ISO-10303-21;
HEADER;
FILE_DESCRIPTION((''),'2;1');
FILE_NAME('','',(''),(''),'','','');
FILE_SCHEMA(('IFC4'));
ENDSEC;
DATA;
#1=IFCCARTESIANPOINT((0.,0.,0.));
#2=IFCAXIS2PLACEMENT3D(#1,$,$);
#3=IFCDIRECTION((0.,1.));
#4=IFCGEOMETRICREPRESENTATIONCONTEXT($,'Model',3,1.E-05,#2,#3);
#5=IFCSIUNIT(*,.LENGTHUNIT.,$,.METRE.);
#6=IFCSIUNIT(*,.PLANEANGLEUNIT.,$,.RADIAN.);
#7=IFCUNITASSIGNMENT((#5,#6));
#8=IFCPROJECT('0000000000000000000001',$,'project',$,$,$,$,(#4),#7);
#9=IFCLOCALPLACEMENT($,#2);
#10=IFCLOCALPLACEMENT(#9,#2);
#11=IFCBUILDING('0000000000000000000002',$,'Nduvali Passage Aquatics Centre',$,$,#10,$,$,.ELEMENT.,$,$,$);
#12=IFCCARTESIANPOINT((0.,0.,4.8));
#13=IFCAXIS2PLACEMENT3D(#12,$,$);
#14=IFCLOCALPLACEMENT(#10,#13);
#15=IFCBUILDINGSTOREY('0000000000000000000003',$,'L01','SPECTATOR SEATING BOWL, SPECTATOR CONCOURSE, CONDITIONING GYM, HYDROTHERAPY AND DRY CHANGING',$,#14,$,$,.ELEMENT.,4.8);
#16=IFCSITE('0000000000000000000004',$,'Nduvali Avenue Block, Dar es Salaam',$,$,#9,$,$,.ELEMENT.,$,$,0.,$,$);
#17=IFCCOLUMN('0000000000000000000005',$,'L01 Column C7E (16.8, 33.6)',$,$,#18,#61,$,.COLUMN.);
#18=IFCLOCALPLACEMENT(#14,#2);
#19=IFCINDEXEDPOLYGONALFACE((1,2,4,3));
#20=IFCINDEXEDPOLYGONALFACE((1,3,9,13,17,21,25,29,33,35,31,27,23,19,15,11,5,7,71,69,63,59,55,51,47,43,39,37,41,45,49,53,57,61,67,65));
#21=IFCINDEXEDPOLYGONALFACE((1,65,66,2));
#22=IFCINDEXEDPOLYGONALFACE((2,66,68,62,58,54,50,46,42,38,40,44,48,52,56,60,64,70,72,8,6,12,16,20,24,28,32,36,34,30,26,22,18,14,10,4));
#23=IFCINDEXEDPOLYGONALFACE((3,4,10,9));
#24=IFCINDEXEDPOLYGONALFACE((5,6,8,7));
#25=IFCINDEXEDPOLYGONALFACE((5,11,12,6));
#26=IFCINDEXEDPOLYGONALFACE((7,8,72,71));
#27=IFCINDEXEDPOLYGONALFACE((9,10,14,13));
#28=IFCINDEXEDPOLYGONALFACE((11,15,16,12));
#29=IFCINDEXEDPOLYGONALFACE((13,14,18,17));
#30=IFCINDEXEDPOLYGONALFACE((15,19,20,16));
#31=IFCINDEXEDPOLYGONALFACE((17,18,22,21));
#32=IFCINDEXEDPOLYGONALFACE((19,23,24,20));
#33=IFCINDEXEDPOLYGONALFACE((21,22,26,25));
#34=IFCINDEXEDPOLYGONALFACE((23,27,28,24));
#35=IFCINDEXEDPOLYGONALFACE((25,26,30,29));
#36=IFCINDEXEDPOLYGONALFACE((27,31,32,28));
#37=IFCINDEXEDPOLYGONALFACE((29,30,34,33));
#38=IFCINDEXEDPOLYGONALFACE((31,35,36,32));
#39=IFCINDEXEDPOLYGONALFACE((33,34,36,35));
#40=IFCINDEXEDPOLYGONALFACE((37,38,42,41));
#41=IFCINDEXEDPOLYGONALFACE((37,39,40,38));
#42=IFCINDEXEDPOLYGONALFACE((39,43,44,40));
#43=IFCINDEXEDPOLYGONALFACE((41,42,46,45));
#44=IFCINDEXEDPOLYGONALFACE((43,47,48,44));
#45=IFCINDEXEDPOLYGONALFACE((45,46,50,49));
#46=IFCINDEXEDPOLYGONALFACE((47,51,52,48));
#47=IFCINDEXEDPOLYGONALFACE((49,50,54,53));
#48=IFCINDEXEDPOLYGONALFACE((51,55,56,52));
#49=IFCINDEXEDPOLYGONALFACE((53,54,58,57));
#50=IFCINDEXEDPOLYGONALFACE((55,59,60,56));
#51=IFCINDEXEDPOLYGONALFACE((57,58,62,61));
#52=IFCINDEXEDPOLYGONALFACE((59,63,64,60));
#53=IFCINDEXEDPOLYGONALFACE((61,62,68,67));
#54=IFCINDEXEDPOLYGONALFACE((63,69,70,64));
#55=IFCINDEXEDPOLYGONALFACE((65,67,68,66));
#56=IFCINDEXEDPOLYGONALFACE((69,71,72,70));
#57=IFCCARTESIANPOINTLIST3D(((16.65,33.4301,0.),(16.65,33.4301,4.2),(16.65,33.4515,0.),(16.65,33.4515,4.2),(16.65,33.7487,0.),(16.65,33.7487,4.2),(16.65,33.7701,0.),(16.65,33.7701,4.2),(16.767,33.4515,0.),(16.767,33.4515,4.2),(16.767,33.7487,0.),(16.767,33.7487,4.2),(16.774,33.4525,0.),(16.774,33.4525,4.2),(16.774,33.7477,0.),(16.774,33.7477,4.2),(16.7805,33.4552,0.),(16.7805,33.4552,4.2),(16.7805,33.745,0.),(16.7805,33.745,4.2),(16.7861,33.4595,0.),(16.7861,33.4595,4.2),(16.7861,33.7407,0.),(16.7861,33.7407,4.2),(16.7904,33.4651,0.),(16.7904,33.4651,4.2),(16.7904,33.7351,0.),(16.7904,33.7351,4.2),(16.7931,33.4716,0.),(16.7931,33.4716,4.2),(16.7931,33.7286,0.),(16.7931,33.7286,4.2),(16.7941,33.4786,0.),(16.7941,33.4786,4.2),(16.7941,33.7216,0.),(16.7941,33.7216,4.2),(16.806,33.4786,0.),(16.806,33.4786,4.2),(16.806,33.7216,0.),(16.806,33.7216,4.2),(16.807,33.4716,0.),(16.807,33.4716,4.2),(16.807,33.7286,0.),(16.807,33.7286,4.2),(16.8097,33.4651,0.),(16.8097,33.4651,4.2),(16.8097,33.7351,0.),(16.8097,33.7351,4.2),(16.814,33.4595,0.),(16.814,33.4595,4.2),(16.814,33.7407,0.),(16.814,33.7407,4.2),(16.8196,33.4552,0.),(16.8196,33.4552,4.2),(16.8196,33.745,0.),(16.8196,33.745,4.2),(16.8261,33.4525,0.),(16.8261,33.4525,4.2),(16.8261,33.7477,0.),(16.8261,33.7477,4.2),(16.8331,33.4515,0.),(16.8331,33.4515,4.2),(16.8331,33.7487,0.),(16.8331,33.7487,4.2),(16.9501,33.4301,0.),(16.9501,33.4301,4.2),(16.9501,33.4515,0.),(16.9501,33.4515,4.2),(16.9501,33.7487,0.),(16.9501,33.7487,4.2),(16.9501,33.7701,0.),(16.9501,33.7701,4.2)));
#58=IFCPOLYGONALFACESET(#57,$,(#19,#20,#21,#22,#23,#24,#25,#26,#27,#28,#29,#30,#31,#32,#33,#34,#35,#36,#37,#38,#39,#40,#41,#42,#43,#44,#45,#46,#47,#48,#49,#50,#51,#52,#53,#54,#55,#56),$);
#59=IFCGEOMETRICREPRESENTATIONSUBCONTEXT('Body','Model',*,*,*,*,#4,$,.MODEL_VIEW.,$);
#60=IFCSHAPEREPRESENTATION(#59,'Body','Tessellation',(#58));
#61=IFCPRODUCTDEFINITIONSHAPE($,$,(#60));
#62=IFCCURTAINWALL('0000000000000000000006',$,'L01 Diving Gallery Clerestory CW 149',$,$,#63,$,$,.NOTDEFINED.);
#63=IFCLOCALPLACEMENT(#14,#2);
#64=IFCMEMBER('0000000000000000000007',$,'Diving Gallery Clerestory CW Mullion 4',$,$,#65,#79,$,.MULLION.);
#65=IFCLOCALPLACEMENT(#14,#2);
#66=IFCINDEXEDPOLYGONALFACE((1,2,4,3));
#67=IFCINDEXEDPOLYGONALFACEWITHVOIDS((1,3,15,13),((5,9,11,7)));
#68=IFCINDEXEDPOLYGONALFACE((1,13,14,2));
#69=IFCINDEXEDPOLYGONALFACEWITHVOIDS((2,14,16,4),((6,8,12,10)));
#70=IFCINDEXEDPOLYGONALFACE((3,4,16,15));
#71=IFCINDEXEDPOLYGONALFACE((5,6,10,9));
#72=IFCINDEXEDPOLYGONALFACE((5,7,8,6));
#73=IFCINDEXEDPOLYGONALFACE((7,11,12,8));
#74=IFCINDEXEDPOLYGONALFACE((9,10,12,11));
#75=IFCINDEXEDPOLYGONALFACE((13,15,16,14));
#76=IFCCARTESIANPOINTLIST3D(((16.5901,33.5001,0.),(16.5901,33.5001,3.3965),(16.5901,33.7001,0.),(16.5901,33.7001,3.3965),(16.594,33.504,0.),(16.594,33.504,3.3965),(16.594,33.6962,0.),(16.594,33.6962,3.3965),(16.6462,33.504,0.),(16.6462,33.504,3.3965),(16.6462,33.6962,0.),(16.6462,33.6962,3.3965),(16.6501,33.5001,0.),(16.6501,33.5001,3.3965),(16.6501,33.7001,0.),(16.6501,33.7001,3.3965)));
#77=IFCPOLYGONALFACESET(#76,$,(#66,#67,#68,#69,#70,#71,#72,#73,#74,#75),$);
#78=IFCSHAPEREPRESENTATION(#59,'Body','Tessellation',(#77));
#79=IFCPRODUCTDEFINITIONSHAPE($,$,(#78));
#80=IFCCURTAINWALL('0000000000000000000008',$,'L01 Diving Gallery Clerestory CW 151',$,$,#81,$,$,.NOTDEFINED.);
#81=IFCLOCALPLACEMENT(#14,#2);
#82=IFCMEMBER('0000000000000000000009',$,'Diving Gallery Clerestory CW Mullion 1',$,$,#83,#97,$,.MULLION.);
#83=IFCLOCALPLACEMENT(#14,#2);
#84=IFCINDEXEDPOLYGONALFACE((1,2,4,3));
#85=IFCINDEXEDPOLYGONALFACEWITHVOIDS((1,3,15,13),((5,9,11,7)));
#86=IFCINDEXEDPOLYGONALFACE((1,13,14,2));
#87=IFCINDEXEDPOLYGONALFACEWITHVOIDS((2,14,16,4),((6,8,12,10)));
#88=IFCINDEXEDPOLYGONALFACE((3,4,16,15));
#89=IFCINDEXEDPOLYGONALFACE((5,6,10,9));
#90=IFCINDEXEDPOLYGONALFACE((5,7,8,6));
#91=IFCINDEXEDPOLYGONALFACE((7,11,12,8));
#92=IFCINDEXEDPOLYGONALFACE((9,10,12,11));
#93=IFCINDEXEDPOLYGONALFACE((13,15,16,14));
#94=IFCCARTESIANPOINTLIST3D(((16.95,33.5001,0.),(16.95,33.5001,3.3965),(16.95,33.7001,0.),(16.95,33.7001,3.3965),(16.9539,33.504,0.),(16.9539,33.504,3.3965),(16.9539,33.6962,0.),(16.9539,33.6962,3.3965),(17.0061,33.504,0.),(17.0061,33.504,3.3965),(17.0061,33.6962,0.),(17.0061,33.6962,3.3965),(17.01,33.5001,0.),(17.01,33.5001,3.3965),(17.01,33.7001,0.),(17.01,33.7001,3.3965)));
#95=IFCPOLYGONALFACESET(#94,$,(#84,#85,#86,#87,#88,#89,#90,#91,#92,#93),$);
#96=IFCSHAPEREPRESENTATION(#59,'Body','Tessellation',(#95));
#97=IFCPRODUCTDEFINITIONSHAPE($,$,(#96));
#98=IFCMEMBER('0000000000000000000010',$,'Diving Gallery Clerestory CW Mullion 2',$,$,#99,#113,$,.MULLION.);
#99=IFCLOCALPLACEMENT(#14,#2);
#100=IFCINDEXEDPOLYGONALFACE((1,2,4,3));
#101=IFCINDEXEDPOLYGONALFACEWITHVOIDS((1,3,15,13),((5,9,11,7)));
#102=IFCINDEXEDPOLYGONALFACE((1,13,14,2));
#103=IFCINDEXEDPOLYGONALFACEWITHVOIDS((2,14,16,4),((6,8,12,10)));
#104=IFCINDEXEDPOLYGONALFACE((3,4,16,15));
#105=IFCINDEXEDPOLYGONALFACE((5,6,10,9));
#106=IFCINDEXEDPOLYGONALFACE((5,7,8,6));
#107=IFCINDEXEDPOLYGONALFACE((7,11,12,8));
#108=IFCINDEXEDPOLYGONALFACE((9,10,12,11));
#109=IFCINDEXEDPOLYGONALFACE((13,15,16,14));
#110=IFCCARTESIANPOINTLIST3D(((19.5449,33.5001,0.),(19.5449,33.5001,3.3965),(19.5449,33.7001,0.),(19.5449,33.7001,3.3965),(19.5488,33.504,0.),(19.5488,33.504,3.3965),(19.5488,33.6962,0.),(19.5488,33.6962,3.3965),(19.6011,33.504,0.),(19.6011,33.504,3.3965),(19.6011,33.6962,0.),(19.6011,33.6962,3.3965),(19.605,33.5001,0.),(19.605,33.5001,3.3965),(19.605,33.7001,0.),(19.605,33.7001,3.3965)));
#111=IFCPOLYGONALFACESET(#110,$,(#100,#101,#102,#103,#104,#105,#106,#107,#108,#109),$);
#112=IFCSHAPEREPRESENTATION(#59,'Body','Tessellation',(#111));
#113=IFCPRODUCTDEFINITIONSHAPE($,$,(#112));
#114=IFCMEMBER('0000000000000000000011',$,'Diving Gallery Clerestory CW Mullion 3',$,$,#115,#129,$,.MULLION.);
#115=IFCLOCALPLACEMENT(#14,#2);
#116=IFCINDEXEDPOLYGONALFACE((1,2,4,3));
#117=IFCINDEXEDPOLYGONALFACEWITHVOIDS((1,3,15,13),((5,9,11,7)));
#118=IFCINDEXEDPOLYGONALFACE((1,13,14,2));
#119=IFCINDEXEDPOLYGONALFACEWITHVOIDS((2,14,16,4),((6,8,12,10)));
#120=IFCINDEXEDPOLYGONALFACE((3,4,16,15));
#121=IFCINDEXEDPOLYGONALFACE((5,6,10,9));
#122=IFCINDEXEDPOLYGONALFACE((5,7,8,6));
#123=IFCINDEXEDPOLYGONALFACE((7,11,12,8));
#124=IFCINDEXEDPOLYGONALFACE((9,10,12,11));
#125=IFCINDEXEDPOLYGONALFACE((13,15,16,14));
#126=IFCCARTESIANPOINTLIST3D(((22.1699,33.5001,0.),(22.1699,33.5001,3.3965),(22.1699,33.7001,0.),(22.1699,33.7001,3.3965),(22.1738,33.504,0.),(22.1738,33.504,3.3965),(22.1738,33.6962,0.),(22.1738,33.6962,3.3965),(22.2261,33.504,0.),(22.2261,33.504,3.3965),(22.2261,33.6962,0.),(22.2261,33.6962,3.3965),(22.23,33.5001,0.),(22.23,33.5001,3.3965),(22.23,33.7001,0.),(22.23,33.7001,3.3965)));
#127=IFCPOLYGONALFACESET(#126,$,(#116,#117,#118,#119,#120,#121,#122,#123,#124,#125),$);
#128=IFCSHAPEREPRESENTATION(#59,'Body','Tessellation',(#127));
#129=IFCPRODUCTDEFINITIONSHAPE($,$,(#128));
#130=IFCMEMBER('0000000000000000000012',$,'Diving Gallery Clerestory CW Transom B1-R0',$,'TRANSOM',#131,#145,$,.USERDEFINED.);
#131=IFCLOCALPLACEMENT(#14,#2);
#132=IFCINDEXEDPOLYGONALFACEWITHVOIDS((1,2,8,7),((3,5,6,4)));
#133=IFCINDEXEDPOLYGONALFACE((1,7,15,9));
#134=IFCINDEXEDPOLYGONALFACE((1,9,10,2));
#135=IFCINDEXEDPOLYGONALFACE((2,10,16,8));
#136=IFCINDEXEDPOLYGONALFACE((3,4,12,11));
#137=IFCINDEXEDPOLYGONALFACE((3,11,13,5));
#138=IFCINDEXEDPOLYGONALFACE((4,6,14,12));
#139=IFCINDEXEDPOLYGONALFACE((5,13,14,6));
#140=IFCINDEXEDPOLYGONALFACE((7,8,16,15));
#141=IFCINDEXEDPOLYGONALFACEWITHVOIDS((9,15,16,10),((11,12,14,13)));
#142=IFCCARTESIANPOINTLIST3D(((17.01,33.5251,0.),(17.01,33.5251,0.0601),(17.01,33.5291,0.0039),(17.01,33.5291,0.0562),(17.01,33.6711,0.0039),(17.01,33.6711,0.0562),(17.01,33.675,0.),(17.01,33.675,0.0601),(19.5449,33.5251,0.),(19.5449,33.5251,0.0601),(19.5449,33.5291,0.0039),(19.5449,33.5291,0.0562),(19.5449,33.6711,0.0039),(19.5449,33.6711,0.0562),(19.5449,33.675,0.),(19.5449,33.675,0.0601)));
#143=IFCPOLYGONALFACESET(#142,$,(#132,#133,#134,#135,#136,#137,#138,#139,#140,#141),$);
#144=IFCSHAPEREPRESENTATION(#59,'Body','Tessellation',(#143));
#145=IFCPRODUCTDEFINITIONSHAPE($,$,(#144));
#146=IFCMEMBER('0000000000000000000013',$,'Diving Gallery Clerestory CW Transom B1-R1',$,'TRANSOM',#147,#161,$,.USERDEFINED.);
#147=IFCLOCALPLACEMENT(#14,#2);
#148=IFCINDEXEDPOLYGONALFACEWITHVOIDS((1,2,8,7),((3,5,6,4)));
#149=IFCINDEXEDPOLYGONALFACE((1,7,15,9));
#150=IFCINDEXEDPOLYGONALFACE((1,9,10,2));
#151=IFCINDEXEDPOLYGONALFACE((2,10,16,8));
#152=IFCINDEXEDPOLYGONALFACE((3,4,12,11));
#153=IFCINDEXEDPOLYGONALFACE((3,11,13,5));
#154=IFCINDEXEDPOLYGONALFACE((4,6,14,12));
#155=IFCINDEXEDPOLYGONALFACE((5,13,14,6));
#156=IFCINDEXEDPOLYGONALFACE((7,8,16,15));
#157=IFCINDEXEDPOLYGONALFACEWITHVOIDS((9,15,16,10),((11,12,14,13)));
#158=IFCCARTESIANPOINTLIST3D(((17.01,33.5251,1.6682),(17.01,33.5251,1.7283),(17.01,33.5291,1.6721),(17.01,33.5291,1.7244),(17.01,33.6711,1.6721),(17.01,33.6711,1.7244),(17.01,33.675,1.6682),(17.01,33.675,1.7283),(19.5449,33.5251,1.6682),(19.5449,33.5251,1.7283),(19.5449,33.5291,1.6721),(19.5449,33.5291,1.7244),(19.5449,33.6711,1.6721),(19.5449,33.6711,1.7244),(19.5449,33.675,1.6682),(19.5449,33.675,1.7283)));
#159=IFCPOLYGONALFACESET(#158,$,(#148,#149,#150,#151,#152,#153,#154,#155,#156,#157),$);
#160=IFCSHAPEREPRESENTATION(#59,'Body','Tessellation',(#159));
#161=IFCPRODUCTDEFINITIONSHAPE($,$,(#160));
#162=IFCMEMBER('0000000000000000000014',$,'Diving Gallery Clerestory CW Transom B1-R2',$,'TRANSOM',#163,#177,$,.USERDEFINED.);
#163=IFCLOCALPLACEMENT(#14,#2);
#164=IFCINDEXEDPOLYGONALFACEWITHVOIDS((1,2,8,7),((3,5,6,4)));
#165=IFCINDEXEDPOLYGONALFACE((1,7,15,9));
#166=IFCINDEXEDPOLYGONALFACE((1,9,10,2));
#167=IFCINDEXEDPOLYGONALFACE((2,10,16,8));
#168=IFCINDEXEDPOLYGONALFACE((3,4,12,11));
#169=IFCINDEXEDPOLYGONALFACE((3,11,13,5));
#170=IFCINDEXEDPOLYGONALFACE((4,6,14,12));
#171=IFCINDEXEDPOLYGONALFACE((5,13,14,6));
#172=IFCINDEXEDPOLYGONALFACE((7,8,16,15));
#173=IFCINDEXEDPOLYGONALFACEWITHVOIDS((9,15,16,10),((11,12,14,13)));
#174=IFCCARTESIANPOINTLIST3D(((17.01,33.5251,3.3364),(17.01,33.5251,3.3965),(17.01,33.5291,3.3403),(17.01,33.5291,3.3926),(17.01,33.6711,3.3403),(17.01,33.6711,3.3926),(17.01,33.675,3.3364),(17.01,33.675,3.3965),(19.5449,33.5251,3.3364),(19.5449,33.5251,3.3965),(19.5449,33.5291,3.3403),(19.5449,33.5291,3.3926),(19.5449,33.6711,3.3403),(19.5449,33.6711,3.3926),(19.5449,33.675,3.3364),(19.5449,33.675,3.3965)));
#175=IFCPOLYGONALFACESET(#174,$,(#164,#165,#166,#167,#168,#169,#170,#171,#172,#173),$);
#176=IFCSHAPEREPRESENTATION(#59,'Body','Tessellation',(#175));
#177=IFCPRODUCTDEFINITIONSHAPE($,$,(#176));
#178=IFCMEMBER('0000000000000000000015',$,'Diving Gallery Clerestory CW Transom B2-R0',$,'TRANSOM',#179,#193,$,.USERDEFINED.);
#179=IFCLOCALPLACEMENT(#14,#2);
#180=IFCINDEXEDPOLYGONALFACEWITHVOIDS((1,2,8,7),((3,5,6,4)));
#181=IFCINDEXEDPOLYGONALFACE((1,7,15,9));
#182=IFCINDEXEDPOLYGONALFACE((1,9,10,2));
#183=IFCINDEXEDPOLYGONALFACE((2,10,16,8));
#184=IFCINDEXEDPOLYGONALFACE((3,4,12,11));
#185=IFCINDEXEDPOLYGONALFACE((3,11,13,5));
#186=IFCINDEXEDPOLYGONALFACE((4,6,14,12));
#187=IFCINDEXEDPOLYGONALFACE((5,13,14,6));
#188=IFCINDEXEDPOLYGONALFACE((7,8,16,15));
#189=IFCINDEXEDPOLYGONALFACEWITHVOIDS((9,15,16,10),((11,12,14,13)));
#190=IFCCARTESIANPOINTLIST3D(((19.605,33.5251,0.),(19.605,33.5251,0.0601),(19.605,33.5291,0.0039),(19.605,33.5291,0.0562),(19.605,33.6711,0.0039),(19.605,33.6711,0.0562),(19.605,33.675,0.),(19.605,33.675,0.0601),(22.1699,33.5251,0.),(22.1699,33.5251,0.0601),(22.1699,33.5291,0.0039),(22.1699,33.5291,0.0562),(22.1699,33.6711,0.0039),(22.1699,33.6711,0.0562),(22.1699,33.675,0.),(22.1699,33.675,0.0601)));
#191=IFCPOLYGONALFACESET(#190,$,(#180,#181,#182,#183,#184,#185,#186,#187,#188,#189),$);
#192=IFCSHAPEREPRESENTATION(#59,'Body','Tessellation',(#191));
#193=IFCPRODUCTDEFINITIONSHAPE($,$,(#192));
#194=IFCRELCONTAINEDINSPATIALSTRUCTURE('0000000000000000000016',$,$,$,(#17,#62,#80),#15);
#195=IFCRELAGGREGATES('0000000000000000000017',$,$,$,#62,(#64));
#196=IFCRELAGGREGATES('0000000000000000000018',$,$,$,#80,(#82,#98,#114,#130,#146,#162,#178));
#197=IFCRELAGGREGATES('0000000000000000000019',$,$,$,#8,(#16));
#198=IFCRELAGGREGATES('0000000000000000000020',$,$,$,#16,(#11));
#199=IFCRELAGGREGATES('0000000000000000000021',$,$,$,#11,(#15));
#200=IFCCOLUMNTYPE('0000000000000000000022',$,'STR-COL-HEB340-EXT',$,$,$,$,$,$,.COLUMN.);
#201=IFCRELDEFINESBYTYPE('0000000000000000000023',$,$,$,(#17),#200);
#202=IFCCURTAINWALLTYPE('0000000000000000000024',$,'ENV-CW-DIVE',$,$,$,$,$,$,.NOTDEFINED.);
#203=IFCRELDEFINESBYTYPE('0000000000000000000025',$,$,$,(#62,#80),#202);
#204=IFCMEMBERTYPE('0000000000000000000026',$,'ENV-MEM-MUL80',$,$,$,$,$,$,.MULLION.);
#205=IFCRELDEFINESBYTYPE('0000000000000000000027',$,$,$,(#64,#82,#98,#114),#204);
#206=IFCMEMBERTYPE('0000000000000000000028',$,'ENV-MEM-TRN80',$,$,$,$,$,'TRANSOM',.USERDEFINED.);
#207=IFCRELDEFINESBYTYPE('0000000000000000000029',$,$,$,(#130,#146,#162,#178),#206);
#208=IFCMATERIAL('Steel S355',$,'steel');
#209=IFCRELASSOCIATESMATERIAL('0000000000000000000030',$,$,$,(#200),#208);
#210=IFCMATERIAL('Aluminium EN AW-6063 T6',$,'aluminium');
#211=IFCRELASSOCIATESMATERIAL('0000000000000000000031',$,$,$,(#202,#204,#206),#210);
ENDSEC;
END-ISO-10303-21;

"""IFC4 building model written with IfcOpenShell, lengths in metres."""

from ifc_helpers import new_model, si_unit, direction, frame, origin, origin_2d, place, context, subcontext, project, spatial, hollow_rectangle, i_section, extrude, material, material_profile, profile_set, type_object, element, aggregate, save


model = new_model("IFC4")

# Units and contexts
model_context = context("Model", 3, precision=1e-05, world=origin(), true_north=direction((0.0, 1.0)))
body_context = subcontext(model_context, "Body", "Model", "MODEL_VIEW")
ifc_project = project(units=[si_unit("LENGTHUNIT", "METRE"), si_unit("PLANEANGLEUNIT", "RADIAN")], contexts=[model_context])

# Site, building, storey
site_placement = place(None, origin())
site = spatial("IfcSite", under=ifc_project, at=site_placement, Name="Nduvali Avenue Block, Dar es Salaam", CompositionType="ELEMENT", RefElevation=0.0)
building_placement = place(site_placement, origin())
building = spatial("IfcBuilding", under=site, at=building_placement, Name="Nduvali Passage Aquatics Centre", CompositionType="ELEMENT")
storey_placement = place(building_placement, frame((0.0, 0.0, 4.8)))
storey = spatial("IfcBuildingStorey", under=building, at=storey_placement, Name="L01", Description="SPECTATOR SEATING BOWL, SPECTATOR CONCOURSE, CONDITIONING GYM, HYDROTHERAPY AND DRY CHANGING", CompositionType="ELEMENT", Elevation=4.8)

# Column
ifc_material_1 = material(Name="Steel S355", Category="steel")
ifc_material_profile_1 = material_profile(ifc_material_1, i_section(OverallWidth=0.3, OverallDepth=0.3401, WebThickness=0.012, FlangeThickness=0.0215, FilletRadius=0.0271, at=origin_2d()), Name="HEB 340")
ifc_profile_set_1 = profile_set([ifc_material_profile_1], Name="Steel S355")
column_type = type_object("IfcColumnType", Name="STR-COL-HEB340-EXT", PredefinedType="COLUMN", material=ifc_profile_set_1)
column_placement = place(storey_placement, frame((16.8, 33.6001, 0.0), z_axis=(0.0, 0.0, 1.0), x_axis=(1.0, 0.0, 0.0)))
element("IfcColumn", 1, at=column_placement, inside=storey, type_object=column_type, Name="L01 Column C7E (16.8, 33.6)", PredefinedType="COLUMN", context=body_context, shape_type="SweptSolid", body=[
    extrude(i_section(OverallWidth=0.3, OverallDepth=0.3401, WebThickness=0.012, FlangeThickness=0.0215, FilletRadius=0.0271, at=origin_2d()), origin(), (0.0, 0.0, 1.0), 4.2),
])

# Curtain wall, member
ifc_material_2 = material(Name="Aluminium EN AW-6063 T6", Category="aluminium")
curtain_wall_type = type_object("IfcCurtainWallType", Name="ENV-CW-DIVE", PredefinedType="NOTDEFINED", material=ifc_material_2)
curtain_wall_1_placement = place(storey_placement, origin())
curtain_wall_1 = element("IfcCurtainWall", 2, at=curtain_wall_1_placement, inside=storey, type_object=curtain_wall_type, Name="L01 Diving Gallery Clerestory CW 149", PredefinedType="NOTDEFINED")
ifc_material_profile_2 = material_profile(ifc_material_2, hollow_rectangle(XDim=0.0601, YDim=0.2, WallThickness=0.0039, at=origin_2d()), Name="ALU MULLION 60x200x4")
ifc_profile_set_2 = profile_set([ifc_material_profile_2], Name="Aluminium EN AW-6063 T6")
member_type_1 = type_object("IfcMemberType", Name="ENV-MEM-MUL80", PredefinedType="MULLION", material=ifc_profile_set_2)
member_1_placement = place(storey_placement, frame((16.6201, 33.6001, 0.0), z_axis=(0.0, 0.0, 1.0), x_axis=(1.0, 0.0, 0.0)))
member_1 = element("IfcMember", 3, at=member_1_placement, type_object=member_type_1, Name="Diving Gallery Clerestory CW Mullion 4", PredefinedType="MULLION", context=body_context, shape_type="SweptSolid", body=[
    extrude(hollow_rectangle(XDim=0.0601, YDim=0.2, WallThickness=0.0039, at=origin_2d()), origin(), (0.0, 0.0, 1.0), 3.3965),
])

# Curtain wall, members
curtain_wall_2_placement = place(storey_placement, origin())
curtain_wall_2 = element("IfcCurtainWall", 4, at=curtain_wall_2_placement, inside=storey, type_object=curtain_wall_type, Name="L01 Diving Gallery Clerestory CW 151", PredefinedType="NOTDEFINED")
member_2_placement = place(storey_placement, frame((16.98, 33.6001, 0.0), z_axis=(0.0, 0.0, 1.0), x_axis=(1.0, 0.0, 0.0)))
member_2 = element("IfcMember", 5, at=member_2_placement, type_object=member_type_1, Name="Diving Gallery Clerestory CW Mullion 1", PredefinedType="MULLION", context=body_context, shape_type="SweptSolid", body=[
    extrude(hollow_rectangle(XDim=0.0601, YDim=0.2, WallThickness=0.0039, at=origin_2d()), origin(), (0.0, 0.0, 1.0), 3.3965),
])
member_3_placement = place(storey_placement, frame((19.575, 33.6001, 0.0), z_axis=(0.0, 0.0, 1.0), x_axis=(1.0, 0.0, 0.0)))
member_3 = element("IfcMember", 6, at=member_3_placement, type_object=member_type_1, Name="Diving Gallery Clerestory CW Mullion 2", PredefinedType="MULLION", context=body_context, shape_type="SweptSolid", body=[
    extrude(hollow_rectangle(XDim=0.0601, YDim=0.2, WallThickness=0.0039, at=origin_2d()), origin(), (0.0, 0.0, 1.0), 3.3965),
])
member_4_placement = place(storey_placement, frame((22.2, 33.6001, 0.0), z_axis=(0.0, 0.0, 1.0), x_axis=(1.0, 0.0, 0.0)))
member_4 = element("IfcMember", 7, at=member_4_placement, type_object=member_type_1, Name="Diving Gallery Clerestory CW Mullion 3", PredefinedType="MULLION", context=body_context, shape_type="SweptSolid", body=[
    extrude(hollow_rectangle(XDim=0.0601, YDim=0.2, WallThickness=0.0039, at=origin_2d()), origin(), (0.0, 0.0, 1.0), 3.3965),
])
ifc_material_profile_3 = material_profile(ifc_material_2, hollow_rectangle(XDim=0.1499, YDim=0.0601, WallThickness=0.0039, at=origin_2d()), Name="ALU TRANSOM 150x60x4")
ifc_profile_set_3 = profile_set([ifc_material_profile_3], Name="Aluminium EN AW-6063 T6")
member_type_2 = type_object("IfcMemberType", Name="ENV-MEM-TRN80", ElementType="TRANSOM", PredefinedType="USERDEFINED", material=ifc_profile_set_3)
member_5_placement = place(storey_placement, frame((17.01, 33.6001, 0.03), z_axis=(1.0, 0.0, 0.0), x_axis=(0.0, 1.0, 0.0)))
member_5 = element("IfcMember", 8, at=member_5_placement, type_object=member_type_2, Name="Diving Gallery Clerestory CW Transom B1-R0", ObjectType="TRANSOM", PredefinedType="USERDEFINED", context=body_context, shape_type="SweptSolid", body=[
    extrude(hollow_rectangle(XDim=0.1499, YDim=0.0601, WallThickness=0.0039, at=origin_2d()), origin(), (0.0, 0.0, 1.0), 2.5349),
])
member_6_placement = place(storey_placement, frame((17.01, 33.6001, 1.6982), z_axis=(1.0, 0.0, 0.0), x_axis=(0.0, 1.0, 0.0)))
member_6 = element("IfcMember", 9, at=member_6_placement, type_object=member_type_2, Name="Diving Gallery Clerestory CW Transom B1-R1", ObjectType="TRANSOM", PredefinedType="USERDEFINED", context=body_context, shape_type="SweptSolid", body=[
    extrude(hollow_rectangle(XDim=0.1499, YDim=0.0601, WallThickness=0.0039, at=origin_2d()), origin(), (0.0, 0.0, 1.0), 2.5349),
])
member_7_placement = place(storey_placement, frame((17.01, 33.6001, 3.3665), z_axis=(1.0, 0.0, 0.0), x_axis=(0.0, 1.0, 0.0)))
member_7 = element("IfcMember", 10, at=member_7_placement, type_object=member_type_2, Name="Diving Gallery Clerestory CW Transom B1-R2", ObjectType="TRANSOM", PredefinedType="USERDEFINED", context=body_context, shape_type="SweptSolid", body=[
    extrude(hollow_rectangle(XDim=0.1499, YDim=0.0601, WallThickness=0.0039, at=origin_2d()), origin(), (0.0, 0.0, 1.0), 2.5349),
])
member_8_placement = place(storey_placement, frame((19.605, 33.6001, 0.03), z_axis=(1.0, 0.0, 0.0), x_axis=(0.0, 1.0, 0.0)))
member_8 = element("IfcMember", 11, at=member_8_placement, type_object=member_type_2, Name="Diving Gallery Clerestory CW Transom B2-R0", ObjectType="TRANSOM", PredefinedType="USERDEFINED", context=body_context, shape_type="SweptSolid", body=[
    extrude(hollow_rectangle(XDim=0.1499, YDim=0.0601, WallThickness=0.0039, at=origin_2d()), origin(), (0.0, 0.0, 1.0), 2.5649),
])

aggregate(curtain_wall_1, [member_1])
aggregate(curtain_wall_2, [member_2, member_3, member_4, member_5, member_6, member_7, member_8])

save(model, "model.ifc")
